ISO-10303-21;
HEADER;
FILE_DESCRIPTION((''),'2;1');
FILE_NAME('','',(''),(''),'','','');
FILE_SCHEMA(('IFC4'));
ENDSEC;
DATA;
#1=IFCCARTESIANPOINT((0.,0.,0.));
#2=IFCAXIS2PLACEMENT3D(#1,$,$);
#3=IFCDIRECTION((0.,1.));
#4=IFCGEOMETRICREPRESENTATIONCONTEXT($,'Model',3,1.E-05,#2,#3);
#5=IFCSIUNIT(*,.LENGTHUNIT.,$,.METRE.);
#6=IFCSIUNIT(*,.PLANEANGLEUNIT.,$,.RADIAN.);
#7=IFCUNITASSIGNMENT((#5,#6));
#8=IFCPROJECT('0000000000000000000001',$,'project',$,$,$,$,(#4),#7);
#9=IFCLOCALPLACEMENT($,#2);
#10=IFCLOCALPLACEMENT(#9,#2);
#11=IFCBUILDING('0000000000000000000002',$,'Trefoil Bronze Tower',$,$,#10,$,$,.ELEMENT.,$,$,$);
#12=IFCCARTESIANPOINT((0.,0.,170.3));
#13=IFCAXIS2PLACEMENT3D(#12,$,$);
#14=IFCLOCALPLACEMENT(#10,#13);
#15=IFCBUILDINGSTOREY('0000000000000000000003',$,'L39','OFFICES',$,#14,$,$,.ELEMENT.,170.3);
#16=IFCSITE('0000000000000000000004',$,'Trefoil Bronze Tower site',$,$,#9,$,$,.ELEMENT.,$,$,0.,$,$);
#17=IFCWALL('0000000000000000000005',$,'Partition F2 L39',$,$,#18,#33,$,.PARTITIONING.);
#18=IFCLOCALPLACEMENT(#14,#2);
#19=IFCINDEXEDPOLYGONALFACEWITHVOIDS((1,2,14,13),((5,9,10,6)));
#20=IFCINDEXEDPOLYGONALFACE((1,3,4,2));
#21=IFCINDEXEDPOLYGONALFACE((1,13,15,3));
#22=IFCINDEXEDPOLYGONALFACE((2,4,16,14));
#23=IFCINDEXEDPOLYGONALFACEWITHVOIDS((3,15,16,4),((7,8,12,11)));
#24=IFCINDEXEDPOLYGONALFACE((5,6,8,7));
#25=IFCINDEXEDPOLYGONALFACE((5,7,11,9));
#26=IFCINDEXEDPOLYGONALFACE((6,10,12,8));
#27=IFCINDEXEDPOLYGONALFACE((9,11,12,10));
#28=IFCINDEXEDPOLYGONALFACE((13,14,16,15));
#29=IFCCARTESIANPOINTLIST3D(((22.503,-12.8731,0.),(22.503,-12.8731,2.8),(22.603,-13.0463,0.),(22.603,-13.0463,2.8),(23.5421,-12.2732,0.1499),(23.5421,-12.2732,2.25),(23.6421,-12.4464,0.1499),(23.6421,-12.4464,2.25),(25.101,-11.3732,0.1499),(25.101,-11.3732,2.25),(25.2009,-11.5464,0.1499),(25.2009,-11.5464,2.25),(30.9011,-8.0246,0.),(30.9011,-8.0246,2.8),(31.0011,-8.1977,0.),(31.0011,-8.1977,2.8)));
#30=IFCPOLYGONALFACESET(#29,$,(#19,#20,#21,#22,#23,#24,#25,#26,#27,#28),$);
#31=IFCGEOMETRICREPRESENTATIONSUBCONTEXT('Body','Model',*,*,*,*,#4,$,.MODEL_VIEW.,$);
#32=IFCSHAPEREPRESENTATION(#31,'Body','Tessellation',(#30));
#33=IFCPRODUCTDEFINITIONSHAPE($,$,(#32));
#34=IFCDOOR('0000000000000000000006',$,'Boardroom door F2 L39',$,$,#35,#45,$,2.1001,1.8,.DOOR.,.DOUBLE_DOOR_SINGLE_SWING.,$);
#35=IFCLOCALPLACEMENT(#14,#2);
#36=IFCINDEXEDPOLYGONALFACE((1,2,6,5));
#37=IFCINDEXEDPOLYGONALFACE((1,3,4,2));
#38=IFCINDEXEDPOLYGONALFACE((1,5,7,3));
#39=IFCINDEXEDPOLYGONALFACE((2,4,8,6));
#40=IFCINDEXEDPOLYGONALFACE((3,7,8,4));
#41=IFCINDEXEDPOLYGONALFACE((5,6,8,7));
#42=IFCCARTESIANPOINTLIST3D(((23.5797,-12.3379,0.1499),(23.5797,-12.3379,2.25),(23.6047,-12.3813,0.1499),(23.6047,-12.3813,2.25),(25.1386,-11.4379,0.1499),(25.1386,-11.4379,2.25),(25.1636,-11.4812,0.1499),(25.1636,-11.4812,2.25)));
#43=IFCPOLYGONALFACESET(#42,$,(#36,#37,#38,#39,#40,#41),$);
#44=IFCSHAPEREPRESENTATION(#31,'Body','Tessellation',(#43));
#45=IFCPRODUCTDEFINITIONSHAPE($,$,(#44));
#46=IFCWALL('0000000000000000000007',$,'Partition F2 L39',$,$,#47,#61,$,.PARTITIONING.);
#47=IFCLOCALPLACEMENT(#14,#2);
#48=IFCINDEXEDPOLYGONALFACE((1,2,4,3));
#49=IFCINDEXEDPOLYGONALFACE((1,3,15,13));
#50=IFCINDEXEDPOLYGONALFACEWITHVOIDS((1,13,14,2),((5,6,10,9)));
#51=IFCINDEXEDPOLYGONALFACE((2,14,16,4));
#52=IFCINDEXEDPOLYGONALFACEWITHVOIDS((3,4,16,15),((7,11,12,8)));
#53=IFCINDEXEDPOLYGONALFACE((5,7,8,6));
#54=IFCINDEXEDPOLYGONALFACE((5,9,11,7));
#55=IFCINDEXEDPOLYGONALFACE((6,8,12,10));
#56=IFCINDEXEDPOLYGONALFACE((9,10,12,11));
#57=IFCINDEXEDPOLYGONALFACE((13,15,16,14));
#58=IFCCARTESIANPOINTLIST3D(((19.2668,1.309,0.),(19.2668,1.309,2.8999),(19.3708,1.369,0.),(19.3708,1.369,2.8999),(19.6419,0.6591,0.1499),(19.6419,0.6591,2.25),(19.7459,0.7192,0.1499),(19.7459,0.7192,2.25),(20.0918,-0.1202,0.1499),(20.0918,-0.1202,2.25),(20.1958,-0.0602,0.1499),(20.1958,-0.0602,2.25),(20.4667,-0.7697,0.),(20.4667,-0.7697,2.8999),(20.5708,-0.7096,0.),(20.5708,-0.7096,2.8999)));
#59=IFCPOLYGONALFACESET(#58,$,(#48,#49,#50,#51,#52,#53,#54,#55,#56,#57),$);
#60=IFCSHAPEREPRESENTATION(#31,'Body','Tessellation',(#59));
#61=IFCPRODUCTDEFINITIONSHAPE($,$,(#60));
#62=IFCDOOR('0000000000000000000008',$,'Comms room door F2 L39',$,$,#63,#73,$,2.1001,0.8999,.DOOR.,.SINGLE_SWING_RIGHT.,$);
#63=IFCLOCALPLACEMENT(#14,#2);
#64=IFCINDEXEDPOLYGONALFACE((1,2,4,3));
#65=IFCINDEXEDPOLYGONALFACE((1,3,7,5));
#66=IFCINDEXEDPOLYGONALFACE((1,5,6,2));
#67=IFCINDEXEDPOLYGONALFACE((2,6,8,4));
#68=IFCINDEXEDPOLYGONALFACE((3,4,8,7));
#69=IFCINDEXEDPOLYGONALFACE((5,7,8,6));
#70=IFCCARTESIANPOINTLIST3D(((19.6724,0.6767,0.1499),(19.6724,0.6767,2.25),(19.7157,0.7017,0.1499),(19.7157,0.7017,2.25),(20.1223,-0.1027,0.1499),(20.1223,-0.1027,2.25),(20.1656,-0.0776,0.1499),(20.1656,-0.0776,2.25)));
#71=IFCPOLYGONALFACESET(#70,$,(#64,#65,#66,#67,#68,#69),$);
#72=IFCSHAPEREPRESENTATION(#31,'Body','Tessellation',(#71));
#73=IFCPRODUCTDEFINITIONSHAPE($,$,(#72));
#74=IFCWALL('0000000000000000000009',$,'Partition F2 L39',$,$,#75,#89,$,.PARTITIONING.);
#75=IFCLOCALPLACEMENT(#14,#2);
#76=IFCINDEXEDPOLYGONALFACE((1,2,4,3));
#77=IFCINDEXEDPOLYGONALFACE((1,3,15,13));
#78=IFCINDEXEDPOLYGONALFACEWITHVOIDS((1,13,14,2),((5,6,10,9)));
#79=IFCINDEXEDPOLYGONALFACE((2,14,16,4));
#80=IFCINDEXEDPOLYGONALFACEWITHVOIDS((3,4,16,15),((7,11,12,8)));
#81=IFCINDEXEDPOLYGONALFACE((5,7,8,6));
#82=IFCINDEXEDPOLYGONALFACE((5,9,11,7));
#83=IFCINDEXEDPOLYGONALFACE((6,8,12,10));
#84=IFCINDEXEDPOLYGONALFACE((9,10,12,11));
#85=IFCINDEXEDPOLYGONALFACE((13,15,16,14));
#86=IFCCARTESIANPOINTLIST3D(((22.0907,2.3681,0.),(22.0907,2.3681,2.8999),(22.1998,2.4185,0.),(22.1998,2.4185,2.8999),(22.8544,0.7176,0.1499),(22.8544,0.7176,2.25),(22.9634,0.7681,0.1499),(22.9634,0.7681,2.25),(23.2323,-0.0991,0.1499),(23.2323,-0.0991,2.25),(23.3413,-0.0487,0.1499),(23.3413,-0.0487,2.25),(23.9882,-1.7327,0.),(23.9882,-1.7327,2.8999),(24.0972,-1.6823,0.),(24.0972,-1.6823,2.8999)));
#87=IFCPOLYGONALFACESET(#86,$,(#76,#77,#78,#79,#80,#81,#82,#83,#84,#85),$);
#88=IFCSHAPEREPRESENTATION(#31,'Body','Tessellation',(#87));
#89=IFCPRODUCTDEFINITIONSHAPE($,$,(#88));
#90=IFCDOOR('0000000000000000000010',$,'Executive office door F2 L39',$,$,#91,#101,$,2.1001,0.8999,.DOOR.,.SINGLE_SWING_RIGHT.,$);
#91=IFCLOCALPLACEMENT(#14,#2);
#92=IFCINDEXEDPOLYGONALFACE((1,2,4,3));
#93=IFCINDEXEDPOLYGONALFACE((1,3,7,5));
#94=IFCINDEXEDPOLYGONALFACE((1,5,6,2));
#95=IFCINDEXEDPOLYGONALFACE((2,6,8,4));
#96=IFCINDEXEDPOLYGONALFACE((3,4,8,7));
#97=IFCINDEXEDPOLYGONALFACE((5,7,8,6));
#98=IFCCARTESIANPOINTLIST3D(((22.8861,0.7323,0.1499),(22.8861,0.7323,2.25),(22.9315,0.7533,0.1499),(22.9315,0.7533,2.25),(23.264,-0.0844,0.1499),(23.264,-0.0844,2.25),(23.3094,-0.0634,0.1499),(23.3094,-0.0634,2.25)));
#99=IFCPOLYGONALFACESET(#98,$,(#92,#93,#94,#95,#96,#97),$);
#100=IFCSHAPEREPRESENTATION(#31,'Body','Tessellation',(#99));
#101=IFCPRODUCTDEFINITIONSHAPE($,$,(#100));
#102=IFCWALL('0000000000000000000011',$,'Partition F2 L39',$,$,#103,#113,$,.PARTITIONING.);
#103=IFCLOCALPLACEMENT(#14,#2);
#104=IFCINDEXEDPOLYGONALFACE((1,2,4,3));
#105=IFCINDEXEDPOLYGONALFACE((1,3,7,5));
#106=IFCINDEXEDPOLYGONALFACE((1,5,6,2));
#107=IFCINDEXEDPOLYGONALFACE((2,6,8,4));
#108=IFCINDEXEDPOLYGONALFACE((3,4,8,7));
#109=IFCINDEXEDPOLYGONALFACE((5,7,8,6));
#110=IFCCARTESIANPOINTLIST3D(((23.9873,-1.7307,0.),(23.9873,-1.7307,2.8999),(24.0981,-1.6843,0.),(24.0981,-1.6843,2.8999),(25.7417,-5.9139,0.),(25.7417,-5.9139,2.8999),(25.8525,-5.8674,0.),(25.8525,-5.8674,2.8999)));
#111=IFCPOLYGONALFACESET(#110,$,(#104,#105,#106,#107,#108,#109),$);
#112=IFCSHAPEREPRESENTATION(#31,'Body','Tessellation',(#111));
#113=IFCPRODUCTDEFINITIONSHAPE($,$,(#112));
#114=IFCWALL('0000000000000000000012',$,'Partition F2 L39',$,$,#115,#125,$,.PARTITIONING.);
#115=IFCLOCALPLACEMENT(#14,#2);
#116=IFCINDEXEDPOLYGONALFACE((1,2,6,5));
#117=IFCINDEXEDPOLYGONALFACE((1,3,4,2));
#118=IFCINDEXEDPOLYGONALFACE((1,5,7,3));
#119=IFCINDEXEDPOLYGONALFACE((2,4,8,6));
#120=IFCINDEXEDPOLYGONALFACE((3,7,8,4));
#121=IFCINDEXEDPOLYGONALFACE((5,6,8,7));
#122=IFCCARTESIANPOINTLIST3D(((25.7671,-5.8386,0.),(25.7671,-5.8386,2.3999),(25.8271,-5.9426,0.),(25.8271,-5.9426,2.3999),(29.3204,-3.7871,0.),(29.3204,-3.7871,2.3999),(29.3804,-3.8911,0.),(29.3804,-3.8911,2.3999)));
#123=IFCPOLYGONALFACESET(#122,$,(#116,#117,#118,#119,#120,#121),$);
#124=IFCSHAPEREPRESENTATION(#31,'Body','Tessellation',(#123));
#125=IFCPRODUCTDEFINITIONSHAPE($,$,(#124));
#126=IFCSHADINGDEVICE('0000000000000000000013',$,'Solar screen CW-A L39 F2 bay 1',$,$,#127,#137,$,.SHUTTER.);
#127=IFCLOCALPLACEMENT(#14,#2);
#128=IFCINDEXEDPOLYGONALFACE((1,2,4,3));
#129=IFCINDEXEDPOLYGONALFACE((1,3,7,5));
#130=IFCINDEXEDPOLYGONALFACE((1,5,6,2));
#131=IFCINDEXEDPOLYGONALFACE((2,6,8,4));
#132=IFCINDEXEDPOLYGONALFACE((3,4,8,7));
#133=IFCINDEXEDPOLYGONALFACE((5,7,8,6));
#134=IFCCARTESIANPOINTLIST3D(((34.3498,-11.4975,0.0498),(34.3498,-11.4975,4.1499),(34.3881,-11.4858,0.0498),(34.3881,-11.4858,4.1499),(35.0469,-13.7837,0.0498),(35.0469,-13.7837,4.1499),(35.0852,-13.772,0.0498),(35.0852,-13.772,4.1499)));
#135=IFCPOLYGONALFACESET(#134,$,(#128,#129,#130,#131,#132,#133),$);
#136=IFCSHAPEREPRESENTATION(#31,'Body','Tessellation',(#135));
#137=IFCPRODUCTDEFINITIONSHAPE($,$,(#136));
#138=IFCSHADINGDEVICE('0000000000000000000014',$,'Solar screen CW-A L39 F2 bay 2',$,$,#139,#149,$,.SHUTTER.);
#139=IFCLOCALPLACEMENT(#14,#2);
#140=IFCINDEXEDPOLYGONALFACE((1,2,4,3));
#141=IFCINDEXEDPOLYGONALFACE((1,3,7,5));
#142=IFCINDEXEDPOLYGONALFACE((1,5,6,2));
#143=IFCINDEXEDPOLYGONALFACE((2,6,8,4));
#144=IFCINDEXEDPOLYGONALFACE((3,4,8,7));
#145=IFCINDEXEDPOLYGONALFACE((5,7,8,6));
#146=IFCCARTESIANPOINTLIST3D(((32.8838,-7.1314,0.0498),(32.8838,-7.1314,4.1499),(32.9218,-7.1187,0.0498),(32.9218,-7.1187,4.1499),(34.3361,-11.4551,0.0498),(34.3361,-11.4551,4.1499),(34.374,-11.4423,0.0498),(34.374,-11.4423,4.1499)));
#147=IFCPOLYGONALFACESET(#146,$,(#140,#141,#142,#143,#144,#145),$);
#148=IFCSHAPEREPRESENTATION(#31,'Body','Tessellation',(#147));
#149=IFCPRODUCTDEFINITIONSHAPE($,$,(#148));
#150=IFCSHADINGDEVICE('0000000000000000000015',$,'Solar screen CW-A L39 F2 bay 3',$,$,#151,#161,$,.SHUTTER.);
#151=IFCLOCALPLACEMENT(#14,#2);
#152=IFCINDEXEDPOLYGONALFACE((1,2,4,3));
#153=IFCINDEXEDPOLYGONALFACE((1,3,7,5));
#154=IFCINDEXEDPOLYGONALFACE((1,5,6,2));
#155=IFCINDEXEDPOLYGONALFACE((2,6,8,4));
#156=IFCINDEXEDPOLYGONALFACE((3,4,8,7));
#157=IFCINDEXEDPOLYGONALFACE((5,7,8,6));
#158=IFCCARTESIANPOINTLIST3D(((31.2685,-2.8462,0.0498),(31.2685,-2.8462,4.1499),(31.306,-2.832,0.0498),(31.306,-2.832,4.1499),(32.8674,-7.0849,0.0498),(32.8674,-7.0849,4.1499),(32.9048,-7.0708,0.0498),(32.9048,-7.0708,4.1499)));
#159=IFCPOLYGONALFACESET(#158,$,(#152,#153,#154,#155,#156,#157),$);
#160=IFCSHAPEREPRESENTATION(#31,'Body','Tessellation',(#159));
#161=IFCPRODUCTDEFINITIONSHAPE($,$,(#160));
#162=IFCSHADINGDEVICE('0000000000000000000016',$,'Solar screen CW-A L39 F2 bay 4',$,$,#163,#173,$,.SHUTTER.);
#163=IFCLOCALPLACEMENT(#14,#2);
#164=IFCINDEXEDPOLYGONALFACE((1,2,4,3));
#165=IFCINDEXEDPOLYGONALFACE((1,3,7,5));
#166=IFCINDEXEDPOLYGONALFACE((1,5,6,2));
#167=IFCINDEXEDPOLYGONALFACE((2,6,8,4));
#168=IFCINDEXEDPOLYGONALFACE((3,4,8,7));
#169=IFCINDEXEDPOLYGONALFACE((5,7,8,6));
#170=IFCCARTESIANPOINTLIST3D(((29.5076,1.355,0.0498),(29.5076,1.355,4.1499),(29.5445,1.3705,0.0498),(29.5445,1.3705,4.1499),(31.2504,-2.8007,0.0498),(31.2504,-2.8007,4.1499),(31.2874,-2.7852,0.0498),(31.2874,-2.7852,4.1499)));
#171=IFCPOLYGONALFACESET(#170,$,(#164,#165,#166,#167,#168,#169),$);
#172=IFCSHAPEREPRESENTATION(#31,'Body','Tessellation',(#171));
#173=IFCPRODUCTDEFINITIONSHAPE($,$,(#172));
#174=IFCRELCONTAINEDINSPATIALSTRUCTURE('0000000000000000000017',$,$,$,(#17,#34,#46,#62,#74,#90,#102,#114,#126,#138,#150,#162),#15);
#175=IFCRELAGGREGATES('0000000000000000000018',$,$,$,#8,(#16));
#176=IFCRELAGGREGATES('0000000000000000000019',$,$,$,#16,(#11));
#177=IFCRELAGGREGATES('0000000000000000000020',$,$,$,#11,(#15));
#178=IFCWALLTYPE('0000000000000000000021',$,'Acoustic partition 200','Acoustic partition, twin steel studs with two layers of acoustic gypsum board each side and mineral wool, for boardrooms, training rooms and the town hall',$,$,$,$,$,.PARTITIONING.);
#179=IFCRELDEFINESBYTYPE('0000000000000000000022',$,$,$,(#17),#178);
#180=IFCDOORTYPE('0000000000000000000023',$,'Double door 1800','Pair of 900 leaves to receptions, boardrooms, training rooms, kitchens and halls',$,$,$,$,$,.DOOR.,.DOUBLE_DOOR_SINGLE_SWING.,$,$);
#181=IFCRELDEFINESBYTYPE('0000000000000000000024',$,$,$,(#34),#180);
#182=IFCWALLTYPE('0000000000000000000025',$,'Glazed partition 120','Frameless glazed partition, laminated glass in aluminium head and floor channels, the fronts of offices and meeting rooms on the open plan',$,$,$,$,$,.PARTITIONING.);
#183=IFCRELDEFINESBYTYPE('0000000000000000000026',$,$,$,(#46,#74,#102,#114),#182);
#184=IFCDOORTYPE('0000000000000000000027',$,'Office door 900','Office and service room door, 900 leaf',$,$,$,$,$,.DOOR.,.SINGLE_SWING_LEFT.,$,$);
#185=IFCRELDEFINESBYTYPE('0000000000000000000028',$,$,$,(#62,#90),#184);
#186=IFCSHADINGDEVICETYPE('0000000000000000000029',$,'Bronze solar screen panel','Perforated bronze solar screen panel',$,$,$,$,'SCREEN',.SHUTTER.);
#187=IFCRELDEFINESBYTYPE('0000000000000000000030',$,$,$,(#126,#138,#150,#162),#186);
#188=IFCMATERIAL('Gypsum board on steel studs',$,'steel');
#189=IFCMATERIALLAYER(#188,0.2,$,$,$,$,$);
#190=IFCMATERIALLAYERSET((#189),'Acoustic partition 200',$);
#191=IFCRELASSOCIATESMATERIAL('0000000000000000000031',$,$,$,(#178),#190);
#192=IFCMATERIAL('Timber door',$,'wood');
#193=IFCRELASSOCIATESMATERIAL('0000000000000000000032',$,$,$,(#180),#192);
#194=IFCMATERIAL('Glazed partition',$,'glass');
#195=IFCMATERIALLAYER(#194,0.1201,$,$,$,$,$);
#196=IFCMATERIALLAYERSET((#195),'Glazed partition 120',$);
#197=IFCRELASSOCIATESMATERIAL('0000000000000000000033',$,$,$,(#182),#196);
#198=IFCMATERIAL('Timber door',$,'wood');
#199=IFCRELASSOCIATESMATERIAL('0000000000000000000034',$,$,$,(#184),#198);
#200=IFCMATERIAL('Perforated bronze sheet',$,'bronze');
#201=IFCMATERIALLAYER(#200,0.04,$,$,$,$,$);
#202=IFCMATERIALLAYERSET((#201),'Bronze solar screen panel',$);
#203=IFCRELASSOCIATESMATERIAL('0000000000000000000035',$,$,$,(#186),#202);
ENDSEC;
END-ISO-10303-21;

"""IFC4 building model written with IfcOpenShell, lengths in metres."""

from ifc_helpers import new_model, si_unit, direction, frame, frame_2d, origin, origin_2d, place, context, subcontext, project, spatial, rectangle, extrude, material, layer, layer_set, type_object, element, fill, save


model = new_model("IFC4")

# Units and contexts
model_context = context("Model", 3, precision=1e-05, world=origin(), true_north=direction((0.0, 1.0)))
body_context = subcontext(model_context, "Body", "Model", "MODEL_VIEW")
ifc_project = project(units=[si_unit("LENGTHUNIT", "METRE"), si_unit("PLANEANGLEUNIT", "RADIAN")], contexts=[model_context])

# Site, building, storey
site_placement = place(None, origin())
site = spatial("IfcSite", under=ifc_project, at=site_placement, Name="Trefoil Bronze Tower site", CompositionType="ELEMENT", RefElevation=0.0)
building_placement = place(site_placement, origin())
building = spatial("IfcBuilding", under=site, at=building_placement, Name="Trefoil Bronze Tower", CompositionType="ELEMENT")
storey_placement = place(building_placement, frame((0.0, 0.0, 170.3)))
storey = spatial("IfcBuildingStorey", under=building, at=storey_placement, Name="L39", Description="OFFICES", CompositionType="ELEMENT", Elevation=170.3)

# Walls, openings, doors
ifc_material_1 = material(Name="Gypsum board on steel studs", Category="steel")
ifc_layer_1 = layer(ifc_material_1, 0.2)
ifc_layer_set_1 = layer_set([ifc_layer_1], Name="Acoustic partition 200")
wall_type_1 = type_object("IfcWallType", Name="Acoustic partition 200", Description="Acoustic partition, twin steel studs with two layers of acoustic gypsum board each side and mineral wool, for boardrooms, training rooms and the town hall", PredefinedType="PARTITIONING", material=ifc_layer_set_1)
wall_1_placement = place(storey_placement, frame((22.553, -12.9597, 0.0), z_axis=(0.0, 0.0, 1.0), x_axis=(0.866028, 0.499995, 0.0)))
wall_1 = element("IfcWall", 1, at=wall_1_placement, inside=storey, type_object=wall_type_1, Name="Partition F2 L39", PredefinedType="PARTITIONING", context=body_context, shape_type="SweptSolid", body=[
    extrude(rectangle(XDim=9.6973, YDim=0.2, at=frame_2d((4.8486, 0.0))), origin(), (0.0, 0.0, 1.0), 2.8),
])
opening_1_placement = place(wall_1_placement, frame((1.2, 0.0, 0.1499)))
opening_1 = element("IfcOpeningElement", 2, at=opening_1_placement, cuts=wall_1, PredefinedType="OPENING", context=body_context, shape_type="SweptSolid", body=[
    extrude(rectangle(XDim=1.8, YDim=2.1001, at=frame_2d((0.8999, 1.05))), frame((0.0, 0.1099, 0.0), z_axis=(0.0, -1.0, 0.0), x_axis=(1.0, 0.0, 0.0)), (0.0, 0.0, 1.0), 0.22),
])
ifc_material_2 = material(Name="Timber door", Category="wood")
door_type_1 = type_object("IfcDoorType", Name="Double door 1800", Description="Pair of 900 leaves to receptions, boardrooms, training rooms, kitchens and halls", OperationType="DOUBLE_DOOR_SINGLE_SWING", PredefinedType="DOOR", material=ifc_material_2)
door_1_placement = place(opening_1_placement, frame((1.8, 0.0, 0.0), z_axis=(0.0, 0.0, 1.0), x_axis=(-1.0, 0.0, 0.0)))
door_1 = element("IfcDoor", 3, at=door_1_placement, inside=storey, type_object=door_type_1, Name="Boardroom door F2 L39", OperationType="DOUBLE_DOOR_SINGLE_SWING", OverallHeight=2.1001, OverallWidth=1.8, PredefinedType="DOOR", context=body_context, shape_type="SweptSolid", body=[
    extrude(rectangle(XDim=1.8, YDim=2.1001, at=frame_2d((0.8999, 1.05))), frame((0.0, 0.0249, 0.0), z_axis=(0.0, -1.0, 0.0), x_axis=(1.0, 0.0, 0.0)), (0.0, 0.0, 1.0), 0.05),
])
fill(opening_1, door_1)
ifc_material_3 = material(Name="Glazed partition", Category="glass")
ifc_layer_2 = layer(ifc_material_3, 0.1201)
ifc_layer_set_2 = layer_set([ifc_layer_2], Name="Glazed partition 120")
wall_type_2 = type_object("IfcWallType", Name="Glazed partition 120", Description="Frameless glazed partition, laminated glass in aluminium head and floor channels, the fronts of offices and meeting rooms on the open plan", PredefinedType="PARTITIONING", material=ifc_layer_set_2)
wall_2_placement = place(storey_placement, frame((20.5188, -0.7397, 0.0), z_axis=(0.0, 0.0, 1.0), x_axis=(-0.499957, 0.86605, 0.0)))
wall_2 = element("IfcWall", 4, at=wall_2_placement, inside=storey, type_object=wall_type_2, Name="Partition F2 L39", PredefinedType="PARTITIONING", context=body_context, shape_type="SweptSolid", body=[
    extrude(rectangle(XDim=2.4001, YDim=0.1201, at=frame_2d((1.2002, 0.0))), origin(), (0.0, 0.0, 1.0), 2.8999),
])
opening_2_placement = place(wall_2_placement, frame((0.75, 0.0, 0.1499)))
opening_2 = element("IfcOpeningElement", 5, at=opening_2_placement, cuts=wall_2, PredefinedType="OPENING", context=body_context, shape_type="SweptSolid", body=[
    extrude(rectangle(XDim=0.8999, YDim=2.1001, at=frame_2d((0.45, 1.05))), frame((0.0, 0.0701, 0.0), z_axis=(0.0, -1.0, 0.0), x_axis=(1.0, 0.0, 0.0)), (0.0, 0.0, 1.0), 0.1401),
])
ifc_material_4 = material(Name="Timber door", Category="wood")
door_type_2 = type_object("IfcDoorType", Name="Office door 900", Description="Office and service room door, 900 leaf", OperationType="SINGLE_SWING_LEFT", PredefinedType="DOOR", material=ifc_material_4)
door_2_placement = place(opening_2_placement, origin())
door_2 = element("IfcDoor", 6, at=door_2_placement, inside=storey, type_object=door_type_2, Name="Comms room door F2 L39", OperationType="SINGLE_SWING_RIGHT", OverallHeight=2.1001, OverallWidth=0.8999, PredefinedType="DOOR", context=body_context, shape_type="SweptSolid", body=[
    extrude(rectangle(XDim=0.8999, YDim=2.1001, at=frame_2d((0.45, 1.05))), frame((0.0, 0.0249, 0.0), z_axis=(0.0, -1.0, 0.0), x_axis=(1.0, 0.0, 0.0)), (0.0, 0.0, 1.0), 0.05),
])
fill(opening_2, door_2)
wall_3_placement = place(storey_placement, frame((24.0427, -1.7075, 0.0), z_axis=(0.0, 0.0, 1.0), x_axis=(-0.419928, 0.907557, 0.0)))
wall_3 = element("IfcWall", 7, at=wall_3_placement, inside=storey, type_object=wall_type_2, Name="Partition F2 L39", PredefinedType="PARTITIONING", context=body_context, shape_type="SweptSolid", body=[
    extrude(rectangle(XDim=4.5186, YDim=0.1201, at=frame_2d((2.2593, 0.0))), origin(), (0.0, 0.0, 1.0), 2.8999),
])
opening_3_placement = place(wall_3_placement, frame((1.8, 0.0, 0.1499)))
opening_3 = element("IfcOpeningElement", 8, at=opening_3_placement, cuts=wall_3, PredefinedType="OPENING", context=body_context, shape_type="SweptSolid", body=[
    extrude(rectangle(XDim=0.8999, YDim=2.1001, at=frame_2d((0.45, 1.05))), frame((0.0, 0.0701, 0.0), z_axis=(0.0, -1.0, 0.0), x_axis=(1.0, 0.0, 0.0)), (0.0, 0.0, 1.0), 0.1401),
])
door_3_placement = place(opening_3_placement, frame((0.8999, 0.0, 0.0), z_axis=(0.0, 0.0, 1.0), x_axis=(-1.0, 0.0, 0.0)))
door_3 = element("IfcDoor", 9, at=door_3_placement, inside=storey, type_object=door_type_2, Name="Executive office door F2 L39", OperationType="SINGLE_SWING_RIGHT", OverallHeight=2.1001, OverallWidth=0.8999, PredefinedType="DOOR", context=body_context, shape_type="SweptSolid", body=[
    extrude(rectangle(XDim=0.8999, YDim=2.1001, at=frame_2d((0.45, 1.05))), frame((0.0, 0.0249, 0.0), z_axis=(0.0, -1.0, 0.0), x_axis=(1.0, 0.0, 0.0)), (0.0, 0.0, 1.0), 0.05),
])
fill(opening_3, door_3)

# Walls
wall_4_placement = place(storey_placement, frame((25.7971, -5.8906, 0.0), z_axis=(0.0, 0.0, 1.0), x_axis=(-0.386762, 0.92218, 0.0)))
element("IfcWall", 10, at=wall_4_placement, inside=storey, type_object=wall_type_2, Name="Partition F2 L39", PredefinedType="PARTITIONING", context=body_context, shape_type="SweptSolid", body=[
    extrude(rectangle(XDim=4.5361, YDim=0.1201, at=frame_2d((2.2681, 0.0))), origin(), (0.0, 0.0, 1.0), 2.8999),
])
wall_5_placement = place(storey_placement, frame((25.7971, -5.8906, 0.0), z_axis=(0.0, 0.0, 1.0), x_axis=(0.866019, 0.500011, 0.0)))
element("IfcWall", 11, at=wall_5_placement, inside=storey, type_object=wall_type_2, Name="Partition F2 L39", PredefinedType="PARTITIONING", context=body_context, shape_type="SweptSolid", body=[
    extrude(rectangle(XDim=4.103, YDim=0.1201, at=frame_2d((2.0515, 0.0))), origin(), (0.0, 0.0, 1.0), 2.3999),
])

# Shading devices
ifc_material_5 = material(Name="Perforated bronze sheet", Category="bronze")
ifc_layer_3 = layer(ifc_material_5, 0.04)
ifc_layer_set_3 = layer_set([ifc_layer_3], Name="Bronze solar screen panel")
shading_device_type = type_object("IfcShadingDeviceType", Name="Bronze solar screen panel", Description="Perforated bronze solar screen panel", ElementType="SCREEN", PredefinedType="SHUTTER", material=ifc_layer_set_3)
shading_device_1_placement = place(storey_placement, frame((34.7175, -12.6348, 0.0498), z_axis=(0.0, 0.0, 1.0), x_axis=(-0.291669, 0.956519, 0.0)))
element("IfcShadingDevice", 12, at=shading_device_1_placement, inside=storey, type_object=shading_device_type, Name="Solar screen CW-A L39 F2 bay 1", PredefinedType="SHUTTER", context=body_context, shape_type="SweptSolid", body=[
    extrude(rectangle(XDim=2.3901, YDim=0.04, at=origin_2d()), origin(), (0.0, 0.0, 1.0), 4.1001),
])
shading_device_2_placement = place(storey_placement, frame((33.6289, -9.2869, 0.0498), z_axis=(0.0, 0.0, 1.0), x_axis=(-0.318404, 0.947955, 0.0)))
element("IfcShadingDevice", 13, at=shading_device_2_placement, inside=storey, type_object=shading_device_type, Name="Solar screen CW-A L39 F2 bay 2", PredefinedType="SHUTTER", context=body_context, shape_type="SweptSolid", body=[
    extrude(rectangle(XDim=4.561, YDim=0.04, at=origin_2d()), origin(), (0.0, 0.0, 1.0), 4.1001),
])
shading_device_3_placement = place(storey_placement, frame((32.0867, -4.9585, 0.0498), z_axis=(0.0, 0.0, 1.0), x_axis=(-0.35292, 0.935654, 0.0)))
element("IfcShadingDevice", 14, at=shading_device_3_placement, inside=storey, type_object=shading_device_type, Name="Solar screen CW-A L39 F2 bay 3", PredefinedType="SHUTTER", context=body_context, shape_type="SweptSolid", body=[
    extrude(rectangle(XDim=4.5303, YDim=0.04, at=origin_2d()), origin(), (0.0, 0.0, 1.0), 4.1001),
])
shading_device_4_placement = place(storey_placement, frame((30.3975, -0.7151, 0.0498), z_axis=(0.0, 0.0, 1.0), x_axis=(-0.386759, 0.922181, 0.0)))
element("IfcShadingDevice", 15, at=shading_device_4_placement, inside=storey, type_object=shading_device_type, Name="Solar screen CW-A L39 F2 bay 4", PredefinedType="SHUTTER", context=body_context, shape_type="SweptSolid", body=[
    extrude(rectangle(XDim=4.5063, YDim=0.04, at=origin_2d()), origin(), (0.0, 0.0, 1.0), 4.1001),
])

save(model, "model.ifc")
